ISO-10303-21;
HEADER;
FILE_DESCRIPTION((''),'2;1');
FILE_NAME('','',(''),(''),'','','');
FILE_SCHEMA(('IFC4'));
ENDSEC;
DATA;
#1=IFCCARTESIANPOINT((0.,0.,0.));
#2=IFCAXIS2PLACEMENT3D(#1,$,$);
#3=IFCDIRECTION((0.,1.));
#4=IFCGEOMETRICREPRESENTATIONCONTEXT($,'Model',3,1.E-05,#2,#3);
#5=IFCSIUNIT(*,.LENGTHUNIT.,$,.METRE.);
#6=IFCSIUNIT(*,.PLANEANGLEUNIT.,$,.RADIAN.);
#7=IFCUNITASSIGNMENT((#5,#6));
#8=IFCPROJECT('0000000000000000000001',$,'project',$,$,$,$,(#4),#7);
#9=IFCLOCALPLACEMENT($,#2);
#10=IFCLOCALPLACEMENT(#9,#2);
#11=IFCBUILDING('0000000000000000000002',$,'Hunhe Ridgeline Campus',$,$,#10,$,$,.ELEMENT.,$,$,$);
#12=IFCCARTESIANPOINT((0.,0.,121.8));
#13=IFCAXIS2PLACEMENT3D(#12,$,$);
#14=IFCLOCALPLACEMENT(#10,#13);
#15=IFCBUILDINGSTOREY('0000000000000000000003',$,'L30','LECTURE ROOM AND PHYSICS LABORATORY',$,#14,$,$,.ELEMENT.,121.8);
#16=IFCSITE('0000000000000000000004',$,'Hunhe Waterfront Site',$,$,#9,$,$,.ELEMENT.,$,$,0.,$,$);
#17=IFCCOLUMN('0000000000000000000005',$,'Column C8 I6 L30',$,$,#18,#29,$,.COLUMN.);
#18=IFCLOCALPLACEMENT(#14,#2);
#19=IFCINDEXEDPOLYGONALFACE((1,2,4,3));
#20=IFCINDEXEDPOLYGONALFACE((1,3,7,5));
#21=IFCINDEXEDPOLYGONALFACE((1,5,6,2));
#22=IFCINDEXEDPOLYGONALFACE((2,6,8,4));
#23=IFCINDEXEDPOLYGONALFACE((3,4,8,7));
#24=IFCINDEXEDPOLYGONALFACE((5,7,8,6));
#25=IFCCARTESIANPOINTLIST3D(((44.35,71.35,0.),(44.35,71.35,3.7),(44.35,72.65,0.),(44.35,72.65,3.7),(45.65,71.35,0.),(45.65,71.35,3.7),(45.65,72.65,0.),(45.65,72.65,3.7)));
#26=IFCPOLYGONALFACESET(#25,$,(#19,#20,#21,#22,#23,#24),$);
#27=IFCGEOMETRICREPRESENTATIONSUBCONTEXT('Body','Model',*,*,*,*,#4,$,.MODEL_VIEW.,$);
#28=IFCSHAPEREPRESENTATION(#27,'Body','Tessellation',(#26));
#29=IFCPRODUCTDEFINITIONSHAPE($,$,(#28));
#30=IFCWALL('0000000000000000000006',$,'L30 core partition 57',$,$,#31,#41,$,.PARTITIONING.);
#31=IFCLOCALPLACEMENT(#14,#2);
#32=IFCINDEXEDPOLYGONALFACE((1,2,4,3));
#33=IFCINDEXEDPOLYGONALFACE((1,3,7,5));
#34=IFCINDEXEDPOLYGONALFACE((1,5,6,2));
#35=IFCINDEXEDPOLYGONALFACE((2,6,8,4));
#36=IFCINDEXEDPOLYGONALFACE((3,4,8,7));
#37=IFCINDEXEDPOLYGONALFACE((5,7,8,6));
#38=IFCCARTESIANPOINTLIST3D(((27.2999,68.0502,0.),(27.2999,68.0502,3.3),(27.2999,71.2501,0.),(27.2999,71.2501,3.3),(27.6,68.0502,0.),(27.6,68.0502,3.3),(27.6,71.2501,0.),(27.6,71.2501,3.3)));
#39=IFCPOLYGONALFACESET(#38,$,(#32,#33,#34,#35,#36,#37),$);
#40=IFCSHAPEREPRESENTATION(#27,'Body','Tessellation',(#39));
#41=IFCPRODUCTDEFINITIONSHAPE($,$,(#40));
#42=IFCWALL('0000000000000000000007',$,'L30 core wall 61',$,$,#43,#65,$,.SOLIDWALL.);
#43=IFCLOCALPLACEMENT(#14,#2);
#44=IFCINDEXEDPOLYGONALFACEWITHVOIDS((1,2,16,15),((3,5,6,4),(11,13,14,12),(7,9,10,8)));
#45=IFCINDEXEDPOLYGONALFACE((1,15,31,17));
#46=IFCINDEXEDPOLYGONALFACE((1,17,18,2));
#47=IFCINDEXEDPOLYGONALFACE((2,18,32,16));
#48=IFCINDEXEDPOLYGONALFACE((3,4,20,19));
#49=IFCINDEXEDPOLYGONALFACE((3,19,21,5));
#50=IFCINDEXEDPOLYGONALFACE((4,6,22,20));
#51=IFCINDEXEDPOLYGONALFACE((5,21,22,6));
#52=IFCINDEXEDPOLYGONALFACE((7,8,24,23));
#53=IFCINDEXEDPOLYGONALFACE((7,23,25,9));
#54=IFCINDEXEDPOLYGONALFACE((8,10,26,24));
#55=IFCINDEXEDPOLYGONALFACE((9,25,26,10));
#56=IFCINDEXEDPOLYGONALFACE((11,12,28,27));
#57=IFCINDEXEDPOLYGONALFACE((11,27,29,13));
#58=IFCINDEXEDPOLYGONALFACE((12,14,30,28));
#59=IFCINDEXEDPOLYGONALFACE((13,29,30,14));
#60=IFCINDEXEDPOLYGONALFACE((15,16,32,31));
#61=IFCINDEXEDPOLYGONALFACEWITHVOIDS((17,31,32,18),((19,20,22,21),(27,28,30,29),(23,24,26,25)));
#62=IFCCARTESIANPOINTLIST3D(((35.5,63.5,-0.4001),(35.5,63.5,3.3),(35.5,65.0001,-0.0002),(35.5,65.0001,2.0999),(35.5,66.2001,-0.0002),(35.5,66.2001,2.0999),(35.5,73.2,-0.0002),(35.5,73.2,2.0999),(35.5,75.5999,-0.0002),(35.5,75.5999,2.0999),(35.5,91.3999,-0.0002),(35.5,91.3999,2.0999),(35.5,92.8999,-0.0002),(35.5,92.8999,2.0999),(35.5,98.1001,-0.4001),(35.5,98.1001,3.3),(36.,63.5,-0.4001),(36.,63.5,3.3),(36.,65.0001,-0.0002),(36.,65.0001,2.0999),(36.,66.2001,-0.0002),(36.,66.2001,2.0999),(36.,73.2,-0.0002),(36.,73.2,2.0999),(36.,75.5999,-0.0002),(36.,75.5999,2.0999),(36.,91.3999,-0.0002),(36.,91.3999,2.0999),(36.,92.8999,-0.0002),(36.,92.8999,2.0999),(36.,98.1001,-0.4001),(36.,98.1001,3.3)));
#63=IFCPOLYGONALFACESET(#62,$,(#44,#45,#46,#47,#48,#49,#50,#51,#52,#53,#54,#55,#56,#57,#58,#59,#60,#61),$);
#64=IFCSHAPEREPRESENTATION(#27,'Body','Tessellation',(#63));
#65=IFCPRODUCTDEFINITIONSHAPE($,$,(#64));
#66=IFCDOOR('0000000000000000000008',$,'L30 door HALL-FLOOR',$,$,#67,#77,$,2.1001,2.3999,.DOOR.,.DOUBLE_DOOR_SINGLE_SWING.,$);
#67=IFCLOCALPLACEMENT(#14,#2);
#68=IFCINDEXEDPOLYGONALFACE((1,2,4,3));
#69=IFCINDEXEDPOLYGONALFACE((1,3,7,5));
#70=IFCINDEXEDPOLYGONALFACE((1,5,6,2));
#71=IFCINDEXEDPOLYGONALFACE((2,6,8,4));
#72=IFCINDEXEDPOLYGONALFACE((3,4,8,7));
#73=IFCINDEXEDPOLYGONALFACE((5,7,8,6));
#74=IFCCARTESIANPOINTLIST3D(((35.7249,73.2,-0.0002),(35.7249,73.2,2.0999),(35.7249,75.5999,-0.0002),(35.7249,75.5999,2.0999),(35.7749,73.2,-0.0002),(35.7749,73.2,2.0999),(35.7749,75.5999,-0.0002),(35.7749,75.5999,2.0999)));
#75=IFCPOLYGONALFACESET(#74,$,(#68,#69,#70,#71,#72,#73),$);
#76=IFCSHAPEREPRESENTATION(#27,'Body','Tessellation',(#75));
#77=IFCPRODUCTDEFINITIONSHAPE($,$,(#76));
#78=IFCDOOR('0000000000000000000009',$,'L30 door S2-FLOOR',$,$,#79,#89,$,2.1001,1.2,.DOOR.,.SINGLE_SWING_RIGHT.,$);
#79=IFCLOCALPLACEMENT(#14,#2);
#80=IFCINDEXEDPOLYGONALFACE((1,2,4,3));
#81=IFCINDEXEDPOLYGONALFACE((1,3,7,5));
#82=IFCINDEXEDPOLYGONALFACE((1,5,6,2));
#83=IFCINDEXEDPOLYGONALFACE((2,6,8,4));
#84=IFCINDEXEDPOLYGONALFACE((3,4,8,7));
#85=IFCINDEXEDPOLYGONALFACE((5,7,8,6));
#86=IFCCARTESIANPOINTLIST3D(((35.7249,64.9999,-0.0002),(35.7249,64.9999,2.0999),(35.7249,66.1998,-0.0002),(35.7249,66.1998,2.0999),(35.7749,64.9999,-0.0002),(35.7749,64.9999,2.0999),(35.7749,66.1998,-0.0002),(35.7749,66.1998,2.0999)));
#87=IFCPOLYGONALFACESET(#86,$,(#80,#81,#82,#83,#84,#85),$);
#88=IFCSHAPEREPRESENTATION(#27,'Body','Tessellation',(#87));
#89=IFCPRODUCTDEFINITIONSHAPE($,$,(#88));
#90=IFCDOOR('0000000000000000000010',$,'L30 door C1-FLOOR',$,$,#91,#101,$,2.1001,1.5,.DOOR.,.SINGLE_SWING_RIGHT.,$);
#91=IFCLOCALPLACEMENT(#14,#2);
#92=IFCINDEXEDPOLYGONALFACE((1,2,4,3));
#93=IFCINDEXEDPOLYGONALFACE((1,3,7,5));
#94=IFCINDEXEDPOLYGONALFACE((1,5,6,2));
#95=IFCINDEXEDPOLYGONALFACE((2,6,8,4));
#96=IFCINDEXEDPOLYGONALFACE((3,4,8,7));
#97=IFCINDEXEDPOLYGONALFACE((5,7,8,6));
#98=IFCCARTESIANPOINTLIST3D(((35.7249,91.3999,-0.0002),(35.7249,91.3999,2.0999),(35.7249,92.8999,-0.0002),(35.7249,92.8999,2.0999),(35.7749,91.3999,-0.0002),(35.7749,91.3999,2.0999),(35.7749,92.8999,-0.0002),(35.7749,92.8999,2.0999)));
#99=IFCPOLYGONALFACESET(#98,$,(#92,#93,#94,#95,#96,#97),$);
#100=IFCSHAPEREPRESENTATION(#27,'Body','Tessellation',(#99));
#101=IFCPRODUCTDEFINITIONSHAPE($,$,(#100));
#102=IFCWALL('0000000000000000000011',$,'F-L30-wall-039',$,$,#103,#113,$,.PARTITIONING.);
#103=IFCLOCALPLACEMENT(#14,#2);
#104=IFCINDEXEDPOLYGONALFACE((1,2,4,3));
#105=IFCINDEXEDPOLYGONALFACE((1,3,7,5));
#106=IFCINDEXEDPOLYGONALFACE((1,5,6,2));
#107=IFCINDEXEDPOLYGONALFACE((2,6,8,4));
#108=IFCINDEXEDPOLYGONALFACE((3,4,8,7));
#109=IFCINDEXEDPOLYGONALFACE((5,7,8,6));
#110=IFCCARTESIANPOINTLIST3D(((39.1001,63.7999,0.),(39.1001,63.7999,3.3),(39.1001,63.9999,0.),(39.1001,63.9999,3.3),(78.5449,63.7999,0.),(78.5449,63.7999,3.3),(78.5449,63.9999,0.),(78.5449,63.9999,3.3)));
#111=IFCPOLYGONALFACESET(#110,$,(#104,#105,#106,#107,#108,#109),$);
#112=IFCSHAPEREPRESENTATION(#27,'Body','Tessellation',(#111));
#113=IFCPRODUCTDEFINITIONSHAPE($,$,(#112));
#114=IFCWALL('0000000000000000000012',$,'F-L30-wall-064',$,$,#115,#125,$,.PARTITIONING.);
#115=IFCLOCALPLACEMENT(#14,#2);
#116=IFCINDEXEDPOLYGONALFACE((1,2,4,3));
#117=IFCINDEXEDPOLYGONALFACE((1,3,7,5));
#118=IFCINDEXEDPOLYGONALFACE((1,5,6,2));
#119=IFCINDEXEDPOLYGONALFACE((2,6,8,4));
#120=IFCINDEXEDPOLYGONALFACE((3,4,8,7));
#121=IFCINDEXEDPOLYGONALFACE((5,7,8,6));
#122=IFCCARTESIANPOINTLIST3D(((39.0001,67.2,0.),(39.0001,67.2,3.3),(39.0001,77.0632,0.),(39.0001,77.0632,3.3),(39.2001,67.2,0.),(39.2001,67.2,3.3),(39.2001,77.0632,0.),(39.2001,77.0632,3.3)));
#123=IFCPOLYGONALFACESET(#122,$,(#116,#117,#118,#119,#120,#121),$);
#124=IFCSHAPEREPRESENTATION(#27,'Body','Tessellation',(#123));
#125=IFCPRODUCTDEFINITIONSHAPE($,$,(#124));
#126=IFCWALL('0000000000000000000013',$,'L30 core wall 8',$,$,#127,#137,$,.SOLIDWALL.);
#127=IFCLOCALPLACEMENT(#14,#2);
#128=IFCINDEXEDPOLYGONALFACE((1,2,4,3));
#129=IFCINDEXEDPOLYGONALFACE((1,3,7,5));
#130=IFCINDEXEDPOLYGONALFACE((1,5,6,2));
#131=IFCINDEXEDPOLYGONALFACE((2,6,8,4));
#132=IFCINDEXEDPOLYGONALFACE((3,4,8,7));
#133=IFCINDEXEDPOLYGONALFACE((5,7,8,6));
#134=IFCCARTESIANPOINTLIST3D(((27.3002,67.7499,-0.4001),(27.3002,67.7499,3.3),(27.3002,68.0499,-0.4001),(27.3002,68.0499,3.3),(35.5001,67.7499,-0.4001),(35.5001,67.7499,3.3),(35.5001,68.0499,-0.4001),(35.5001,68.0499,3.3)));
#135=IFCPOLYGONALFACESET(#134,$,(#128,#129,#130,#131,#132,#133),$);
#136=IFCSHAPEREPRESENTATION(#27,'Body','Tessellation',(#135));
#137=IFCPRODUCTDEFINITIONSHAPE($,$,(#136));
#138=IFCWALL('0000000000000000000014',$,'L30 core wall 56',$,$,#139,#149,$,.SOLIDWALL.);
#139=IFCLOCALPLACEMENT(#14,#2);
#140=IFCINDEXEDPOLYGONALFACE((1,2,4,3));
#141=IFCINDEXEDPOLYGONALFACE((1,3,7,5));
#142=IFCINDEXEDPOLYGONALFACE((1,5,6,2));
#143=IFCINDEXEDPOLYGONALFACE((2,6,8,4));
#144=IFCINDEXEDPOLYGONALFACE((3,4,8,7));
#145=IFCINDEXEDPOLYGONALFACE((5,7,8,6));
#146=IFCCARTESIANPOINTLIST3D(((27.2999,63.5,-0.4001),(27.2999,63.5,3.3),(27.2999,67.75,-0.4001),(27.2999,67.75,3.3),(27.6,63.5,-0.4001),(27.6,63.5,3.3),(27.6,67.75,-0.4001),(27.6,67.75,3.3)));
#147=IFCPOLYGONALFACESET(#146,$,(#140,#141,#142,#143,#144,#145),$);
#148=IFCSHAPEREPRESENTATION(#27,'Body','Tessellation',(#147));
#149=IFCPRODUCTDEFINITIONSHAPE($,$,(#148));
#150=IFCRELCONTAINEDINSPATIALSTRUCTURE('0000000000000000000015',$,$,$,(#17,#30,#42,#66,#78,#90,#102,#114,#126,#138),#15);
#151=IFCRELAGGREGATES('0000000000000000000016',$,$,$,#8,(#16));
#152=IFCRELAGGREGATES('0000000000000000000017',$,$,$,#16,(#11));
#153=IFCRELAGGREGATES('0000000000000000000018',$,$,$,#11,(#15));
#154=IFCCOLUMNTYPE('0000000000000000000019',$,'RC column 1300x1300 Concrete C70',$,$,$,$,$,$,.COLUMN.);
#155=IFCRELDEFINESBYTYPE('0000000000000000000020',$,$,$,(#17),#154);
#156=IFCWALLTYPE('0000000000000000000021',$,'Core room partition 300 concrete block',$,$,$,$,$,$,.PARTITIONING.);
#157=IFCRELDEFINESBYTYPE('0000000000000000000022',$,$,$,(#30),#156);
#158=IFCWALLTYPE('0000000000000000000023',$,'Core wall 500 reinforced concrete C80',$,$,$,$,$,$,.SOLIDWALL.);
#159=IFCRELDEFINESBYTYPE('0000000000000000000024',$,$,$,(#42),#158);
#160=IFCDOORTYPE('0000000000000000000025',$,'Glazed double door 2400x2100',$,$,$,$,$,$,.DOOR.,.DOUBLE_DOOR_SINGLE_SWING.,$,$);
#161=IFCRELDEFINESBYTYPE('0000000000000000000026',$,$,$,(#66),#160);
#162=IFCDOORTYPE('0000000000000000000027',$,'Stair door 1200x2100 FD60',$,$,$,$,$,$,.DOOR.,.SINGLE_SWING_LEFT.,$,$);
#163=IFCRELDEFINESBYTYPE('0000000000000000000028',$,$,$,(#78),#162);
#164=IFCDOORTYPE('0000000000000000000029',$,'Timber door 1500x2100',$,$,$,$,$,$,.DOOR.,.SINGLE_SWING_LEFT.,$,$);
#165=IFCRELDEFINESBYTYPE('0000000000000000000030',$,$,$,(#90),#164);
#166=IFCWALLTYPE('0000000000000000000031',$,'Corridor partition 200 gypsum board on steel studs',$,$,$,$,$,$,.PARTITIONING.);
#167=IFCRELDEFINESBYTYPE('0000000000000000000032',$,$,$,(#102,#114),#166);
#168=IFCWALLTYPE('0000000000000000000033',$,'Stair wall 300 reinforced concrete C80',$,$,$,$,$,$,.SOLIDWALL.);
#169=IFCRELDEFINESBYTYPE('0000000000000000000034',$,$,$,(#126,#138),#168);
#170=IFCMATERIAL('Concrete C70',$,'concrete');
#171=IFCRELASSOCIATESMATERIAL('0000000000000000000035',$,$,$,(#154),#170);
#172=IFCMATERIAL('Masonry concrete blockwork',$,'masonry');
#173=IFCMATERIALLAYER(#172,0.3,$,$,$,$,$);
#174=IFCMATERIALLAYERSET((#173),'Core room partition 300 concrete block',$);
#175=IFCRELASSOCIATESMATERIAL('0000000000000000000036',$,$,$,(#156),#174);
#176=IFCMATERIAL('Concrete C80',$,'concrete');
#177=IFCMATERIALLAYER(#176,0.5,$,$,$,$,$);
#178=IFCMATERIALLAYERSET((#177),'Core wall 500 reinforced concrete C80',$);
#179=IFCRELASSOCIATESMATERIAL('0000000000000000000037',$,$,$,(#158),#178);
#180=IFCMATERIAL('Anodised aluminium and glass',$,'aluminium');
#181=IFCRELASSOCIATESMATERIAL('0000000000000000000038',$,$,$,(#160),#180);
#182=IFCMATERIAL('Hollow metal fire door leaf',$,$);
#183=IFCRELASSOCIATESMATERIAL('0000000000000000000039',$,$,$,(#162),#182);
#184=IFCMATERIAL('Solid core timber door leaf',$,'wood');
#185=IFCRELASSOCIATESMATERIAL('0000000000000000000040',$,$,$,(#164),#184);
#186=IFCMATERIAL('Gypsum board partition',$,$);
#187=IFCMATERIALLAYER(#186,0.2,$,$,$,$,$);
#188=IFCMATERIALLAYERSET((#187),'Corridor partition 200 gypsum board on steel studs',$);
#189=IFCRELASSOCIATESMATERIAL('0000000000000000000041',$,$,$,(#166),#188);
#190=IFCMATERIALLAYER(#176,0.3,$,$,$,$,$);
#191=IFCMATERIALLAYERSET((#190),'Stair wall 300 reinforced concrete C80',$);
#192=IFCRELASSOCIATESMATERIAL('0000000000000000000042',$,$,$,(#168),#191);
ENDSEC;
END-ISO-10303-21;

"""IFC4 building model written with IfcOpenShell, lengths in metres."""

from ifc_helpers import new_model, si_unit, direction, frame, frame_2d, origin, origin_2d, place, context, subcontext, project, spatial, rectangle, extrude, material, layer, layer_set, material_profile, profile_set, type_object, element, fill, save


model = new_model("IFC4")

# Units and contexts
model_context = context("Model", 3, precision=1e-05, world=origin(), true_north=direction((0.0, 1.0)))
body_context = subcontext(model_context, "Body", "Model", "MODEL_VIEW")
ifc_project = project(units=[si_unit("LENGTHUNIT", "METRE"), si_unit("PLANEANGLEUNIT", "RADIAN")], contexts=[model_context])

# Site, building, storey
site_placement = place(None, origin())
site = spatial("IfcSite", under=ifc_project, at=site_placement, Name="Hunhe Waterfront Site", CompositionType="ELEMENT", RefElevation=0.0)
building_placement = place(site_placement, origin())
building = spatial("IfcBuilding", under=site, at=building_placement, Name="Hunhe Ridgeline Campus", CompositionType="ELEMENT")
storey_placement = place(building_placement, frame((0.0, 0.0, 121.8)))
storey = spatial("IfcBuildingStorey", under=building, at=storey_placement, Name="L30", Description="LECTURE ROOM AND PHYSICS LABORATORY", CompositionType="ELEMENT", Elevation=121.8)

# Column
ifc_material_1 = material(Name="Concrete C70", Category="concrete")
ifc_material_profile = material_profile(ifc_material_1, rectangle(XDim=1.3, YDim=1.3, at=origin_2d()))
ifc_profile_set = profile_set([ifc_material_profile], Name="Concrete C70")
column_type = type_object("IfcColumnType", Name="RC column 1300x1300 Concrete C70", PredefinedType="COLUMN", material=ifc_profile_set)
column_placement = place(storey_placement, frame((45.0, 72.0, 0.0), z_axis=(0.0, 0.0, 1.0), x_axis=(1.0, 0.0, 0.0)))
element("IfcColumn", 1, at=column_placement, inside=storey, type_object=column_type, Name="Column C8 I6 L30", PredefinedType="COLUMN", context=body_context, shape_type="SweptSolid", body=[
    extrude(rectangle(XDim=1.3, YDim=1.3, at=origin_2d()), origin(), (0.0, 0.0, 1.0), 3.7),
])

# Wall
ifc_material_2 = material(Name="Masonry concrete blockwork", Category="masonry")
ifc_layer_1 = layer(ifc_material_2, 0.3)
ifc_layer_set_1 = layer_set([ifc_layer_1], Name="Core room partition 300 concrete block")
wall_type_1 = type_object("IfcWallType", Name="Core room partition 300 concrete block", PredefinedType="PARTITIONING", material=ifc_layer_set_1)
wall_1_placement = place(storey_placement, frame((27.45, 68.05, 0.0), z_axis=(0.0, 0.0, 1.0), x_axis=(0.0, 1.0, 0.0)))
element("IfcWall", 2, at=wall_1_placement, inside=storey, type_object=wall_type_1, Name="L30 core partition 57", PredefinedType="PARTITIONING", context=body_context, shape_type="SweptSolid", body=[
    extrude(rectangle(XDim=3.2, YDim=0.3, at=frame_2d((1.6001, 0.0))), origin(), (0.0, 0.0, 1.0), 3.3),
])

# Wall, openings, doors
ifc_material_3 = material(Name="Concrete C80", Category="concrete")
ifc_layer_2 = layer(ifc_material_3, 0.5)
ifc_layer_set_2 = layer_set([ifc_layer_2], Name="Core wall 500 reinforced concrete C80")
wall_type_2 = type_object("IfcWallType", Name="Core wall 500 reinforced concrete C80", PredefinedType="SOLIDWALL", material=ifc_layer_set_2)
wall_2_placement = place(storey_placement, frame((35.75, 63.5, -0.4001), z_axis=(0.0, 0.0, 1.0), x_axis=(0.0, 1.0, 0.0)))
wall_2 = element("IfcWall", 3, at=wall_2_placement, inside=storey, type_object=wall_type_2, Name="L30 core wall 61", PredefinedType="SOLIDWALL", context=body_context, shape_type="SweptSolid", body=[
    extrude(rectangle(XDim=34.6001, YDim=0.5, at=frame_2d((17.3, 0.0))), origin(), (0.0, 0.0, 1.0), 3.7002),
])
opening_1_placement = place(wall_2_placement, frame((9.7, 0.0, 0.3999)))
opening_1 = element("IfcOpeningElement", 4, at=opening_1_placement, cuts=wall_2, PredefinedType="OPENING", context=body_context, shape_type="SweptSolid", body=[
    extrude(rectangle(XDim=2.3999, YDim=2.1001, at=frame_2d((1.2, 1.05))), frame((0.0, 0.25, 0.0), z_axis=(0.0, -1.0, 0.0), x_axis=(1.0, 0.0, 0.0)), (0.0, 0.0, 1.0), 0.5),
])
opening_2_placement = place(wall_2_placement, frame((27.8999, 0.0, 0.3999)))
opening_2 = element("IfcOpeningElement", 5, at=opening_2_placement, cuts=wall_2, PredefinedType="OPENING", context=body_context, shape_type="SweptSolid", body=[
    extrude(rectangle(XDim=1.5, YDim=2.1001, at=frame_2d((0.75, 1.05))), frame((0.0, 0.25, 0.0), z_axis=(0.0, -1.0, 0.0), x_axis=(1.0, 0.0, 0.0)), (0.0, 0.0, 1.0), 0.5),
])
opening_3_placement = place(wall_2_placement, frame((1.5, 0.0, 0.3999)))
opening_3 = element("IfcOpeningElement", 6, at=opening_3_placement, cuts=wall_2, PredefinedType="OPENING", context=body_context, shape_type="SweptSolid", body=[
    extrude(rectangle(XDim=1.2, YDim=2.1001, at=frame_2d((0.6001, 1.05))), frame((0.0, 0.25, 0.0), z_axis=(0.0, -1.0, 0.0), x_axis=(1.0, 0.0, 0.0)), (0.0, 0.0, 1.0), 0.5),
])
ifc_material_4 = material(Name="Anodised aluminium and glass", Category="aluminium")
door_type_1 = type_object("IfcDoorType", Name="Glazed double door 2400x2100", OperationType="DOUBLE_DOOR_SINGLE_SWING", PredefinedType="DOOR", material=ifc_material_4)
door_1_placement = place(opening_1_placement, frame((2.3999, 0.0, 0.0), z_axis=(0.0, 0.0, 1.0), x_axis=(-1.0, 0.0, 0.0)))
door_1 = element("IfcDoor", 7, at=door_1_placement, inside=storey, type_object=door_type_1, Name="L30 door HALL-FLOOR", OperationType="DOUBLE_DOOR_SINGLE_SWING", OverallHeight=2.1001, OverallWidth=2.3999, PredefinedType="DOOR", context=body_context, shape_type="SweptSolid", body=[
    extrude(rectangle(XDim=2.3999, YDim=2.1001, at=frame_2d((1.2, 1.05))), frame((0.0, 0.0249, 0.0), z_axis=(0.0, -1.0, 0.0), x_axis=(1.0, 0.0, 0.0)), (0.0, 0.0, 1.0), 0.05),
])
fill(opening_1, door_1)
ifc_material_5 = material(Name="Hollow metal fire door leaf")
door_type_2 = type_object("IfcDoorType", Name="Stair door 1200x2100 FD60", OperationType="SINGLE_SWING_LEFT", PredefinedType="DOOR", material=ifc_material_5)
door_2_placement = place(opening_3_placement, frame((1.2, 0.0, 0.0), z_axis=(0.0, 0.0, 1.0), x_axis=(-1.0, 0.0, 0.0)))
door_2 = element("IfcDoor", 8, at=door_2_placement, inside=storey, type_object=door_type_2, Name="L30 door S2-FLOOR", OperationType="SINGLE_SWING_RIGHT", OverallHeight=2.1001, OverallWidth=1.2, PredefinedType="DOOR", context=body_context, shape_type="SweptSolid", body=[
    extrude(rectangle(XDim=1.2, YDim=2.1001, at=frame_2d((0.6001, 1.05))), frame((0.0, 0.0249, 0.0), z_axis=(0.0, -1.0, 0.0), x_axis=(1.0, 0.0, 0.0)), (0.0, 0.0, 1.0), 0.05),
])
fill(opening_3, door_2)
ifc_material_6 = material(Name="Solid core timber door leaf", Category="wood")
door_type_3 = type_object("IfcDoorType", Name="Timber door 1500x2100", OperationType="SINGLE_SWING_LEFT", PredefinedType="DOOR", material=ifc_material_6)
door_3_placement = place(opening_2_placement, frame((1.5, 0.0, 0.0), z_axis=(0.0, 0.0, 1.0), x_axis=(-1.0, 0.0, 0.0)))
door_3 = element("IfcDoor", 9, at=door_3_placement, inside=storey, type_object=door_type_3, Name="L30 door C1-FLOOR", OperationType="SINGLE_SWING_RIGHT", OverallHeight=2.1001, OverallWidth=1.5, PredefinedType="DOOR", context=body_context, shape_type="SweptSolid", body=[
    extrude(rectangle(XDim=1.5, YDim=2.1001, at=frame_2d((0.75, 1.05))), frame((0.0, 0.0249, 0.0), z_axis=(0.0, -1.0, 0.0), x_axis=(1.0, 0.0, 0.0)), (0.0, 0.0, 1.0), 0.05),
])
fill(opening_2, door_3)

# Wall
ifc_material_7 = material(Name="Gypsum board partition")
ifc_layer_3 = layer(ifc_material_7, 0.2)
ifc_layer_set_3 = layer_set([ifc_layer_3], Name="Corridor partition 200 gypsum board on steel studs")
wall_type_3 = type_object("IfcWallType", Name="Corridor partition 200 gypsum board on steel studs", PredefinedType="PARTITIONING", material=ifc_layer_set_3)
wall_3_placement = place(storey_placement, frame((39.1001, 63.8999, 0.0), z_axis=(0.0, 0.0, 1.0), x_axis=(1.0, 0.0, 0.0)))
element("IfcWall", 10, at=wall_3_placement, inside=storey, type_object=wall_type_3, Name="F-L30-wall-039", PredefinedType="PARTITIONING", context=body_context, shape_type="SweptSolid", body=[
    extrude(rectangle(XDim=39.4448, YDim=0.2, at=frame_2d((19.7224, 0.0))), origin(), (0.0, 0.0, 1.0), 3.3),
])

# Wall
wall_4_placement = place(storey_placement, frame((39.1001, 77.0632, 0.0), z_axis=(0.0, 0.0, 1.0), x_axis=(0.0, -1.0, 0.0)))
element("IfcWall", 11, at=wall_4_placement, inside=storey, type_object=wall_type_3, Name="F-L30-wall-064", PredefinedType="PARTITIONING", context=body_context, shape_type="SweptSolid", body=[
    extrude(rectangle(XDim=9.8633, YDim=0.2, at=frame_2d((4.9316, 0.0))), origin(), (0.0, 0.0, 1.0), 3.3),
])

# Walls
ifc_layer_4 = layer(ifc_material_3, 0.3)
ifc_layer_set_4 = layer_set([ifc_layer_4], Name="Stair wall 300 reinforced concrete C80")
wall_type_4 = type_object("IfcWallType", Name="Stair wall 300 reinforced concrete C80", PredefinedType="SOLIDWALL", material=ifc_layer_set_4)
wall_5_placement = place(storey_placement, frame((27.3, 67.8999, -0.4001), z_axis=(0.0, 0.0, 1.0), x_axis=(1.0, 0.0, 0.0)))
element("IfcWall", 12, at=wall_5_placement, inside=storey, type_object=wall_type_4, Name="L30 core wall 8", PredefinedType="SOLIDWALL", context=body_context, shape_type="SweptSolid", body=[
    extrude(rectangle(XDim=8.2, YDim=0.3, at=frame_2d((4.1001, 0.0))), origin(), (0.0, 0.0, 1.0), 3.7002),
])
wall_6_placement = place(storey_placement, frame((27.45, 63.5, -0.4001), z_axis=(0.0, 0.0, 1.0), x_axis=(0.0, 1.0, 0.0)))
element("IfcWall", 13, at=wall_6_placement, inside=storey, type_object=wall_type_4, Name="L30 core wall 56", PredefinedType="SOLIDWALL", context=body_context, shape_type="SweptSolid", body=[
    extrude(rectangle(XDim=4.25, YDim=0.3, at=frame_2d((2.125, 0.0))), origin(), (0.0, 0.0, 1.0), 3.7002),
])

save(model, "model.ifc")
